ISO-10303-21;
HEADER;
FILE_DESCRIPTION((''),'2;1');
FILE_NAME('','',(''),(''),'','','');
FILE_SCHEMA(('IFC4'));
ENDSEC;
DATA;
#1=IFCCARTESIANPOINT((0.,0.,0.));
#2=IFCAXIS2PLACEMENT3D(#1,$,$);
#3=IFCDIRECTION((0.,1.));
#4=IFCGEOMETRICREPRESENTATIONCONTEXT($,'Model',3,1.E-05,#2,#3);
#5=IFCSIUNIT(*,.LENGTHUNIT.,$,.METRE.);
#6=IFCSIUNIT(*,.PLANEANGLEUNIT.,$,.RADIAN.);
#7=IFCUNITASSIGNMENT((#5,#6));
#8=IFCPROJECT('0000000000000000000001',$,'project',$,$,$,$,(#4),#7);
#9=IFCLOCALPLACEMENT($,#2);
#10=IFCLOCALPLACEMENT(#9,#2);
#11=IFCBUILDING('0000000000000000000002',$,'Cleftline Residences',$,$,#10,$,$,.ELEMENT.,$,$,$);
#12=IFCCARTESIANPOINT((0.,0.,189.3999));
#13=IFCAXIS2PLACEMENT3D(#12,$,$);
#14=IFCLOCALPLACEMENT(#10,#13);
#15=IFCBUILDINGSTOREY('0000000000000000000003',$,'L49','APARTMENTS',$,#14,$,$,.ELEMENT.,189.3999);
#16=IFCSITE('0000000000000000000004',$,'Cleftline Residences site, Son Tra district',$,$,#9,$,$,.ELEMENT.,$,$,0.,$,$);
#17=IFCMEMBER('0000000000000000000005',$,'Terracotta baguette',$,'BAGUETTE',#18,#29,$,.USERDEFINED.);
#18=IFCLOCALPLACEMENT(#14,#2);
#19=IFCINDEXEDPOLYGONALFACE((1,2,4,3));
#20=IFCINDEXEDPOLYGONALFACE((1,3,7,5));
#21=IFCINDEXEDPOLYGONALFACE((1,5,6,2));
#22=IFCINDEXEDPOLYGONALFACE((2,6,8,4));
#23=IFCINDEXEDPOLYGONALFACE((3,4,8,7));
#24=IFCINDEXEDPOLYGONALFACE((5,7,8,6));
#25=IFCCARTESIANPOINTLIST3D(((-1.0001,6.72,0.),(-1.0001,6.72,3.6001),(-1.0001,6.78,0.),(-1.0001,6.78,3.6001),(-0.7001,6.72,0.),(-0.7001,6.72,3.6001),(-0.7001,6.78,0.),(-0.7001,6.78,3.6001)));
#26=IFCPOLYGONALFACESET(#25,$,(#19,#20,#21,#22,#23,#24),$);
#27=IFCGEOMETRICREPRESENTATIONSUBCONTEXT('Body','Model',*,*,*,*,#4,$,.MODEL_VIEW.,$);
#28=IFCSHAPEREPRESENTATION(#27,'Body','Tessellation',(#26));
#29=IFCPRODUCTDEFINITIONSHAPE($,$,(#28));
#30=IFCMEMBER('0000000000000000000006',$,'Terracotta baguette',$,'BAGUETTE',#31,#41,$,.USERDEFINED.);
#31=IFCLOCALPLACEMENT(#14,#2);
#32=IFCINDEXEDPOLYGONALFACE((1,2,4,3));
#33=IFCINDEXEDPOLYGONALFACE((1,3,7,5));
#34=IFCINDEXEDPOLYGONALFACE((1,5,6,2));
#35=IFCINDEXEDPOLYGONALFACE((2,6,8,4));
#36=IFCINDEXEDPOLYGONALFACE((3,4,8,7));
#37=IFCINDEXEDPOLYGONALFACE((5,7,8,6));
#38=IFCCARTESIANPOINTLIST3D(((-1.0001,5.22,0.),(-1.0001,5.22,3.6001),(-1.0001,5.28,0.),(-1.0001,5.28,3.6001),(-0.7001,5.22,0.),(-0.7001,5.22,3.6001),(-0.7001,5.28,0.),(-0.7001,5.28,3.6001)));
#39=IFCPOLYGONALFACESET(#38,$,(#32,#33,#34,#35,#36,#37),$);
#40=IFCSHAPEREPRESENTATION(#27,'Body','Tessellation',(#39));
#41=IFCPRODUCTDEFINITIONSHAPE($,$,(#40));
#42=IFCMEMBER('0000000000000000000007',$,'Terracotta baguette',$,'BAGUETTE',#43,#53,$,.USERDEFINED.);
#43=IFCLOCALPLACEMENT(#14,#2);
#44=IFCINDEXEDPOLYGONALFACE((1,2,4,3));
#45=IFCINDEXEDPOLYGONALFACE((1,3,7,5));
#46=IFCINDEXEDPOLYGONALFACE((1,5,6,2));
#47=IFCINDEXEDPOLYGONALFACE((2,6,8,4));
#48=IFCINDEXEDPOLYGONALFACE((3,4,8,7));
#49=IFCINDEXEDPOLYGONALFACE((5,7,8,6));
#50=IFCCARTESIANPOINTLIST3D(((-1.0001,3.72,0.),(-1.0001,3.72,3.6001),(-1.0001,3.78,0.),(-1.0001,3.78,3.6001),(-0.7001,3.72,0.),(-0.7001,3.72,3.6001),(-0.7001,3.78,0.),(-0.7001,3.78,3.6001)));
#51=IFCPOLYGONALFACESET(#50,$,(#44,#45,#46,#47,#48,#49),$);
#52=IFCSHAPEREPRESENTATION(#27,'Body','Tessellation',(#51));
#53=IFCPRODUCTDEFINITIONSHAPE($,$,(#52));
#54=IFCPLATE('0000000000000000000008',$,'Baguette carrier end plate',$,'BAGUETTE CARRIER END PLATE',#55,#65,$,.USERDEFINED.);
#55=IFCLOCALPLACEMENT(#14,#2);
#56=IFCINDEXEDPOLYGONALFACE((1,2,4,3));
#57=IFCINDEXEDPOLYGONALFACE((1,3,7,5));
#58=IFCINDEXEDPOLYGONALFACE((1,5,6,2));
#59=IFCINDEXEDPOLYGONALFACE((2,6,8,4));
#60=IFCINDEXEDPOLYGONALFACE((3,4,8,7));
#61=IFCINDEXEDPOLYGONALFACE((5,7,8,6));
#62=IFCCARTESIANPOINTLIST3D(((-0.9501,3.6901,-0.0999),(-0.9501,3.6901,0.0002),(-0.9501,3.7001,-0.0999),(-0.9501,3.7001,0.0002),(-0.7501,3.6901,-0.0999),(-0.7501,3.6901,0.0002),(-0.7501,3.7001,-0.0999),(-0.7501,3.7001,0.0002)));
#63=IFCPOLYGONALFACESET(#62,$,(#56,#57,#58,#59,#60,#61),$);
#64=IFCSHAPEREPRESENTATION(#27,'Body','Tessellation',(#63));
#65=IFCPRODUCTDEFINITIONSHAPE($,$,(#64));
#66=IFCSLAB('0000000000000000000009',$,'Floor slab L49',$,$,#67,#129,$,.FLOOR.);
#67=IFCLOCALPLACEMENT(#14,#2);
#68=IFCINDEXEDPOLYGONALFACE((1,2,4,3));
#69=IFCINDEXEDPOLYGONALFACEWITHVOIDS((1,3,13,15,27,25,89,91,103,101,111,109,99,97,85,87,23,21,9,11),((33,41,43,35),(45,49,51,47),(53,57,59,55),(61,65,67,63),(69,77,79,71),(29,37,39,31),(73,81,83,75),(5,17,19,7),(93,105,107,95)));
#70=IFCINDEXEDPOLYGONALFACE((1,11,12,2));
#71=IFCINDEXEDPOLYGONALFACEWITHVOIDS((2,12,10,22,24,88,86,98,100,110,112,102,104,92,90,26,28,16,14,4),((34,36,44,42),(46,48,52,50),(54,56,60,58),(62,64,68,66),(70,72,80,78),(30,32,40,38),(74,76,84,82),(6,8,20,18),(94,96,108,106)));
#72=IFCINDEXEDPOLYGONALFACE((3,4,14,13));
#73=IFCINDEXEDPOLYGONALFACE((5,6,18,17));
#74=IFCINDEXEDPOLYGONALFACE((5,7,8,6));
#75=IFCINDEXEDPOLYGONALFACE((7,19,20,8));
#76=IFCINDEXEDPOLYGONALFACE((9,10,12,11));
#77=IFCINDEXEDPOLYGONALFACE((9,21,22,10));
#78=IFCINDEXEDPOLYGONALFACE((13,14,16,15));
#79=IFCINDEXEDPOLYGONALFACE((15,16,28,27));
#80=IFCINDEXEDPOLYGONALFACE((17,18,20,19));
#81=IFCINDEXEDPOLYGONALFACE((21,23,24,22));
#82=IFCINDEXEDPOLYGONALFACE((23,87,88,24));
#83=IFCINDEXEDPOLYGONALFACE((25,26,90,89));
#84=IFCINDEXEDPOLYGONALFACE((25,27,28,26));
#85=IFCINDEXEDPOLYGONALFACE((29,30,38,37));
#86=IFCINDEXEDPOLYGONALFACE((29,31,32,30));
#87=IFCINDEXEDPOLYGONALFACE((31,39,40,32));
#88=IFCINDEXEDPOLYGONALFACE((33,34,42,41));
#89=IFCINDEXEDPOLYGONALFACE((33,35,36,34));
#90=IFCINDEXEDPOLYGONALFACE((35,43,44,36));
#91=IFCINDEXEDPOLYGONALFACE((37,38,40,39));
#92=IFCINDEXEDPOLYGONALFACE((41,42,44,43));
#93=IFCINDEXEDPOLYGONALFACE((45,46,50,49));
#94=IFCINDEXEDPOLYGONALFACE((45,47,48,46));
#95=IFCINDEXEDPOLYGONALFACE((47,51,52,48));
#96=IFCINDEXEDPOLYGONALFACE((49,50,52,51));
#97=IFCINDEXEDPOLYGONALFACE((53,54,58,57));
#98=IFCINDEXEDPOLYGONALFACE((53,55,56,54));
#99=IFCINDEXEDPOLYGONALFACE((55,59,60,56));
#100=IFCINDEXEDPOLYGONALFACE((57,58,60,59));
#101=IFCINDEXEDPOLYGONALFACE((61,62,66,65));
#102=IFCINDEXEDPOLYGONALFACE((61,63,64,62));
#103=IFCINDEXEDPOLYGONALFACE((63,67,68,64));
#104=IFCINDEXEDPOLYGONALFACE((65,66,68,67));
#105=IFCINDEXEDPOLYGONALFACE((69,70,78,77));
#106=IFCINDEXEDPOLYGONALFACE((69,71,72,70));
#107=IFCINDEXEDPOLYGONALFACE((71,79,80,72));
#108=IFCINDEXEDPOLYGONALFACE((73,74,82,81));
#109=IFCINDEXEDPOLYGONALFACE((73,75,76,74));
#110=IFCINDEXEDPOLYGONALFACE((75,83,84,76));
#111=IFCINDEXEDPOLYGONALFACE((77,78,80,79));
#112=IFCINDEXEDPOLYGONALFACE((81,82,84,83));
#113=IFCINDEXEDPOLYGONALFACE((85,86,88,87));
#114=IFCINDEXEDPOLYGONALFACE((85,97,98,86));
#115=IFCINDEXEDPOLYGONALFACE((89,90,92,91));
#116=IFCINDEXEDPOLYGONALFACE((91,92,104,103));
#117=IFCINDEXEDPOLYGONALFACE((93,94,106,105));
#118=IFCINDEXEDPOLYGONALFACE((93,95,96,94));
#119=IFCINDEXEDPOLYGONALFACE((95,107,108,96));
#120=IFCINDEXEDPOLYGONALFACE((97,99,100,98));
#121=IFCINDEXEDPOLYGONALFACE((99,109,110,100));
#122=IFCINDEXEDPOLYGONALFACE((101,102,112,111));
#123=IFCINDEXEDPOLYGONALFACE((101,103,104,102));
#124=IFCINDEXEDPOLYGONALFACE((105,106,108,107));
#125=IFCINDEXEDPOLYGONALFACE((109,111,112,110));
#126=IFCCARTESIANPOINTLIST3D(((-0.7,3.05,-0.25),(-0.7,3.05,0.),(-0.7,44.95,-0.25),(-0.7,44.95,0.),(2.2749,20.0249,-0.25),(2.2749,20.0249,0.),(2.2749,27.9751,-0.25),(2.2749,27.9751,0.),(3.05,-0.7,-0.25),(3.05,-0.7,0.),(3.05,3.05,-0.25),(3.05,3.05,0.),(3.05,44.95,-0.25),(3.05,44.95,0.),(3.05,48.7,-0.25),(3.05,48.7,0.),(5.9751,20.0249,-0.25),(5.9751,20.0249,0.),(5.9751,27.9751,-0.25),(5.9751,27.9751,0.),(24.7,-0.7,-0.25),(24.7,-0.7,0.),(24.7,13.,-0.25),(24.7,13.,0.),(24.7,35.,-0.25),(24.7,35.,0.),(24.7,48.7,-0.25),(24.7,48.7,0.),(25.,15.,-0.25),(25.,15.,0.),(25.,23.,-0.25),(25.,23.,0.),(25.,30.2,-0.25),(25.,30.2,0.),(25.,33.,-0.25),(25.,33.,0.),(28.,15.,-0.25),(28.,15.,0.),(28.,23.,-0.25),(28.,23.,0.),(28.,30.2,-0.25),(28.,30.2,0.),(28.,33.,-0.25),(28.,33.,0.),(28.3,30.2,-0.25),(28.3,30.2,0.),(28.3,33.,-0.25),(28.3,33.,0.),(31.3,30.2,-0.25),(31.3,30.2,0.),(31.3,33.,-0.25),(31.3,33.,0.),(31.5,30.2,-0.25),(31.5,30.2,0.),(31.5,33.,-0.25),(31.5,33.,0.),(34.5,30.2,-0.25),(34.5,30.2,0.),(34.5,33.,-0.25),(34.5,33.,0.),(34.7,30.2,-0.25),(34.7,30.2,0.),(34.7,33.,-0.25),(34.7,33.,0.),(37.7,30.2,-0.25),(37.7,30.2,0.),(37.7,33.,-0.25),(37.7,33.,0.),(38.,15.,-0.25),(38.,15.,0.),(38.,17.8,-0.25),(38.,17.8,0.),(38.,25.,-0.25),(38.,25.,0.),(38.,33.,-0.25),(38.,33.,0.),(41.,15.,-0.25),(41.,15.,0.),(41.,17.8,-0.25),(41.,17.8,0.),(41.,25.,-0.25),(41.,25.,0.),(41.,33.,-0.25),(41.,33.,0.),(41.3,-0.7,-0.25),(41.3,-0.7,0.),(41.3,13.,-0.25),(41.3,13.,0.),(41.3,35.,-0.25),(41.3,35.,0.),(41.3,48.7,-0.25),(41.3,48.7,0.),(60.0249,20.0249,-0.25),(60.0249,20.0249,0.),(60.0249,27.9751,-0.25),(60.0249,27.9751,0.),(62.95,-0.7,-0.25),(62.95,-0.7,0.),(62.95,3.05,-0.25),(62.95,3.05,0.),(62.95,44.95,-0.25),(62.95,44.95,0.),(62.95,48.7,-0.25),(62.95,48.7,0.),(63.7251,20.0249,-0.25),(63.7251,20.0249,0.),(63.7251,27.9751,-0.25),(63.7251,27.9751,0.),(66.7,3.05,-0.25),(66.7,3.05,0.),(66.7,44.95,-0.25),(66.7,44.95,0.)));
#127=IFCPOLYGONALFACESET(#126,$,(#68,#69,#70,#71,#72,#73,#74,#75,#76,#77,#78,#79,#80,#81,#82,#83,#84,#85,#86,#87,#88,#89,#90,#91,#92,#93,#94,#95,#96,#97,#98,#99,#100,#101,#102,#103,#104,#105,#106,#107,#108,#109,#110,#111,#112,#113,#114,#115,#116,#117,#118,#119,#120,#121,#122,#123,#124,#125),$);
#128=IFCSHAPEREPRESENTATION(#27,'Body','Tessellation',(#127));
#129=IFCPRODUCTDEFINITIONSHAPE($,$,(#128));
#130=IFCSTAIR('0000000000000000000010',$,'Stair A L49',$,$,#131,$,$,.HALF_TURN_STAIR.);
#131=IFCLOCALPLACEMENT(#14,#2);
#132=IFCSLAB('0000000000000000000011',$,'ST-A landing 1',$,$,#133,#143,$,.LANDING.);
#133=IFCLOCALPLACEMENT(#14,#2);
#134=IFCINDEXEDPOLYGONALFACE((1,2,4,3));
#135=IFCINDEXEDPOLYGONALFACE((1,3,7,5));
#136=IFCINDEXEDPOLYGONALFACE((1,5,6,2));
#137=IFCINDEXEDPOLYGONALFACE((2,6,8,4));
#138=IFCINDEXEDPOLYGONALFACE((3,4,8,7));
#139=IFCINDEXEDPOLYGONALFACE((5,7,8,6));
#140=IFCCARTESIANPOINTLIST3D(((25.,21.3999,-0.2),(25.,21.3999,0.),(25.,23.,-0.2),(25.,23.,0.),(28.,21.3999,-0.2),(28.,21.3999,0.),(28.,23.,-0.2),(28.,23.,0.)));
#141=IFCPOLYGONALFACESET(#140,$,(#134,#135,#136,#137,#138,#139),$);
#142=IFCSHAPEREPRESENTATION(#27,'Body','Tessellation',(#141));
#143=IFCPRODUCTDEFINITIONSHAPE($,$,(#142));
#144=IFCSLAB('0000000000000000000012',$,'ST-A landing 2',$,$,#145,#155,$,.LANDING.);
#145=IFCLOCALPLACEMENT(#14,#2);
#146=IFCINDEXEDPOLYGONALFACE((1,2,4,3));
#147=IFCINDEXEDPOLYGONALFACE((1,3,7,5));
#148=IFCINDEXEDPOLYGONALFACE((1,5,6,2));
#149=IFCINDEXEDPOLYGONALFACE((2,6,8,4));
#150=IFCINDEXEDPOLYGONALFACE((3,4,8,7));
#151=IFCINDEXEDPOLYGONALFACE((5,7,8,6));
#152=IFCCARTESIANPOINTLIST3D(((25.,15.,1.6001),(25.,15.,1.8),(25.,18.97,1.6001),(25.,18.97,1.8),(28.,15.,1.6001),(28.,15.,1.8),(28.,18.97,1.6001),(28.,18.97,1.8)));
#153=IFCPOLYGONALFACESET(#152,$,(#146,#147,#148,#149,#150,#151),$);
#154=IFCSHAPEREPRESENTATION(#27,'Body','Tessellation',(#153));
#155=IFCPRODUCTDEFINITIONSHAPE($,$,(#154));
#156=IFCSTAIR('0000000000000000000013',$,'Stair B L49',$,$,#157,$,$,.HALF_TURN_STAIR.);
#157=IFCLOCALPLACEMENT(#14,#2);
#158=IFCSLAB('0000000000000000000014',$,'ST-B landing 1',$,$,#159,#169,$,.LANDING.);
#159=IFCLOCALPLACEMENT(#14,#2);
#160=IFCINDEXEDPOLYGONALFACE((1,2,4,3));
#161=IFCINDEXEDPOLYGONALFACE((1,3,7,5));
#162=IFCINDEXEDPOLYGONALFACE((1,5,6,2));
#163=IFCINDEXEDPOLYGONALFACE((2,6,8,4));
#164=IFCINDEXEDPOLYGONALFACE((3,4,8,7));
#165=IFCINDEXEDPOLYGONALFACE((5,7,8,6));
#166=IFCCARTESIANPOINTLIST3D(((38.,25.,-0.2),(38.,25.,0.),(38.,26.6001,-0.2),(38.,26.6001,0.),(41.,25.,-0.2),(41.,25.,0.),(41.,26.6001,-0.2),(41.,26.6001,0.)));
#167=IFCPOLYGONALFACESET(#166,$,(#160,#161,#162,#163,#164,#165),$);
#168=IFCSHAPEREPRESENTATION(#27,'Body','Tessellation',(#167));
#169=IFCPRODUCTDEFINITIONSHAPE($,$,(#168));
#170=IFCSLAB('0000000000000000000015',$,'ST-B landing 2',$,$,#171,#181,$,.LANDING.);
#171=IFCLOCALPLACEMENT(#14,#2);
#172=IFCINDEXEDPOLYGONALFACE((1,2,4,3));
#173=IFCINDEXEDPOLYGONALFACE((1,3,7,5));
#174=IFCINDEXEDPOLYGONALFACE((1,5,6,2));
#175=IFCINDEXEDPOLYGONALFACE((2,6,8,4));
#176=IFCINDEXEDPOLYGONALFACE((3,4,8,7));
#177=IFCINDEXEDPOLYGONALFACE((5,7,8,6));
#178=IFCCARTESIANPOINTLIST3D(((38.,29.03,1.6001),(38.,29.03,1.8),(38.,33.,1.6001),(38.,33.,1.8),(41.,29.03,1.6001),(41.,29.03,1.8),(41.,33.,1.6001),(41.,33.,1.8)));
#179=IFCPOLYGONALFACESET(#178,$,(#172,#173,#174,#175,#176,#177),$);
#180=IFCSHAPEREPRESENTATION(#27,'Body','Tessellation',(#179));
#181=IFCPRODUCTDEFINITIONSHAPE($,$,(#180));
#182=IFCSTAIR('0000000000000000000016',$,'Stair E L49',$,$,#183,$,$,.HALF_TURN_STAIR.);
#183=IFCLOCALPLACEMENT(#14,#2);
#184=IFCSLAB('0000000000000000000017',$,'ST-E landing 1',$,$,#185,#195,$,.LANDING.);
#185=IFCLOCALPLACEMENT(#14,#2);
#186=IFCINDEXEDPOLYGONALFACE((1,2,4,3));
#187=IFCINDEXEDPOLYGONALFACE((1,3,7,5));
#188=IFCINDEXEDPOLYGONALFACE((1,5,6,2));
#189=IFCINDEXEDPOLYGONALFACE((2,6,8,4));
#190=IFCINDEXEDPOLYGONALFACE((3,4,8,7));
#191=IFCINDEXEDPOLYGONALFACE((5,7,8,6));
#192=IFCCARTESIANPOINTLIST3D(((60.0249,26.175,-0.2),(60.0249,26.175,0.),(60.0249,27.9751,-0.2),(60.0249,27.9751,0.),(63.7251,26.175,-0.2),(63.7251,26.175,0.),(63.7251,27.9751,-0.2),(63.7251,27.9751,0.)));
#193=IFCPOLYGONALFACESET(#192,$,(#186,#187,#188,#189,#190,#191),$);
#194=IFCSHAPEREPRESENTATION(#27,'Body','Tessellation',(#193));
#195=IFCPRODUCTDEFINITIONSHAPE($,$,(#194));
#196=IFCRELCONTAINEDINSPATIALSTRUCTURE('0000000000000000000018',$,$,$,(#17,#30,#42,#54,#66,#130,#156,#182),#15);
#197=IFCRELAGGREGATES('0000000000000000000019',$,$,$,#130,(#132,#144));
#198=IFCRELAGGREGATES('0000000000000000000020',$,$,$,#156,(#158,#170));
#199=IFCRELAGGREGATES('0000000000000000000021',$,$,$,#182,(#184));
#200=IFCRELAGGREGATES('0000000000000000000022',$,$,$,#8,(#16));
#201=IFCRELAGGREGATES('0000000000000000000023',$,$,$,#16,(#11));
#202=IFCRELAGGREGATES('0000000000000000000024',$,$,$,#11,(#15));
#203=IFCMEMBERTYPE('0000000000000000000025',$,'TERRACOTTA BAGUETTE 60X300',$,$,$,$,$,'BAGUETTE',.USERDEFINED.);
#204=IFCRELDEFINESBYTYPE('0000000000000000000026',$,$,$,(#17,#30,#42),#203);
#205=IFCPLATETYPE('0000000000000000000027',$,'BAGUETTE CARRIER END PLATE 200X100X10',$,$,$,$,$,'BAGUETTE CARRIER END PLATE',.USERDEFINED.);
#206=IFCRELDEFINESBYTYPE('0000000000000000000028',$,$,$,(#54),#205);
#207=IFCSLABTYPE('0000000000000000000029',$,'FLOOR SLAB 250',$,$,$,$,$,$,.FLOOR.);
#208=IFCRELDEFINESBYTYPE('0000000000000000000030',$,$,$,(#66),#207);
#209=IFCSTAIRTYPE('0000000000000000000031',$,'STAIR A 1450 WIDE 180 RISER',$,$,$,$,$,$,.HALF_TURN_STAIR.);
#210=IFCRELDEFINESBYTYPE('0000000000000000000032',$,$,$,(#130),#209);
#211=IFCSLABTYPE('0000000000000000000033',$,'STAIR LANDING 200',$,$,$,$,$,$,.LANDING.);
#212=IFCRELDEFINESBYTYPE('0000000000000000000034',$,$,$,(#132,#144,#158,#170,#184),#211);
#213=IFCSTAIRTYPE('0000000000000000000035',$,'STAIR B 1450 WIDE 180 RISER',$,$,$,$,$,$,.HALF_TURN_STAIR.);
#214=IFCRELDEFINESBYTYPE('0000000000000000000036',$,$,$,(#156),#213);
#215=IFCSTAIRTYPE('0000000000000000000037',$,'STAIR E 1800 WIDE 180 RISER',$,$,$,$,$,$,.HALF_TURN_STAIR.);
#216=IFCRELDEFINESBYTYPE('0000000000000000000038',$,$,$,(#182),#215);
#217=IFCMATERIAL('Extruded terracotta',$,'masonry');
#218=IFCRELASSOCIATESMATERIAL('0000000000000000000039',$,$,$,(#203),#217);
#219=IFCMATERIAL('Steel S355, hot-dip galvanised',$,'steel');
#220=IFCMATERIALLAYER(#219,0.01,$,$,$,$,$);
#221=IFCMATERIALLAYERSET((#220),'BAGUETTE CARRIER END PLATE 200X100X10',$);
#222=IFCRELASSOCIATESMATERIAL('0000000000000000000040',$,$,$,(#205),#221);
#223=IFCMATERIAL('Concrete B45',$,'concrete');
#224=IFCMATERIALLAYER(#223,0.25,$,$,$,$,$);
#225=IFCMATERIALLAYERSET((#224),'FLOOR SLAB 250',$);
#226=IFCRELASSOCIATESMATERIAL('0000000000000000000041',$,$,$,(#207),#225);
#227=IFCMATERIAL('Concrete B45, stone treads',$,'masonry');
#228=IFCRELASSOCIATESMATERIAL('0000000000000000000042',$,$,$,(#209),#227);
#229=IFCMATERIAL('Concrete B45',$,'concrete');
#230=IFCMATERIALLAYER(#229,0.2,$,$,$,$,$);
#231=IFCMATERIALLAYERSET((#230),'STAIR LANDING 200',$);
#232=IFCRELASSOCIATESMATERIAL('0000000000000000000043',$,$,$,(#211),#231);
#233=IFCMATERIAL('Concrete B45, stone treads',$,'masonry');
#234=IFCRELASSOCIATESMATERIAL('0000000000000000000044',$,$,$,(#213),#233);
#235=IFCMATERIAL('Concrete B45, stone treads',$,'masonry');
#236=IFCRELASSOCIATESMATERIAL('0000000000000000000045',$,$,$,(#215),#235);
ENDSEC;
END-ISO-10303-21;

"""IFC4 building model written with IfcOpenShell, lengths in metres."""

from ifc_helpers import new_model, si_unit, direction, frame, origin, origin_2d, place, context, subcontext, project, spatial, polyline, rectangle, outline, extrude, material, layer, layer_set, material_profile, profile_set, type_object, element, aggregate, save


model = new_model("IFC4")

# Units and contexts
model_context = context("Model", 3, precision=1e-05, world=origin(), true_north=direction((0.0, 1.0)))
body_context = subcontext(model_context, "Body", "Model", "MODEL_VIEW")
ifc_project = project(units=[si_unit("LENGTHUNIT", "METRE"), si_unit("PLANEANGLEUNIT", "RADIAN")], contexts=[model_context])

# Site, building, storey
site_placement = place(None, origin())
site = spatial("IfcSite", under=ifc_project, at=site_placement, Name="Cleftline Residences site, Son Tra district", CompositionType="ELEMENT", RefElevation=0.0)
building_placement = place(site_placement, origin())
building = spatial("IfcBuilding", under=site, at=building_placement, Name="Cleftline Residences", CompositionType="ELEMENT")
storey_placement = place(building_placement, frame((0.0, 0.0, 189.3999)))
storey = spatial("IfcBuildingStorey", under=building, at=storey_placement, Name="L49", Description="APARTMENTS", CompositionType="ELEMENT", Elevation=189.3999)

# Members
ifc_material_1 = material(Name="Extruded terracotta", Category="masonry")
ifc_material_profile_1 = material_profile(ifc_material_1, rectangle(XDim=0.0601, YDim=0.3, at=origin_2d()))
ifc_profile_set_1 = profile_set([ifc_material_profile_1], Name="Extruded terracotta")
member_type_1 = type_object("IfcMemberType", Name="TERRACOTTA BAGUETTE 60X300", ElementType="BAGUETTE", PredefinedType="USERDEFINED", material=ifc_profile_set_1)
for number, where, z_axis, x_axis, name in (
    (1, (-0.8501, 6.75, 0.0), (0.0, 0.0, 1.0), (0.0, 1.0, 0.0), "Terracotta baguette"),
    (2, (-0.8501, 5.25, 0.0), (0.0, 0.0, 1.0), (0.0, 1.0, 0.0), "Terracotta baguette"),
    (3, (-0.8501, 3.75, 0.0), (0.0, 0.0, 1.0), (0.0, 1.0, 0.0), "Terracotta baguette"),
):
    element("IfcMember", number, at=place(storey_placement, frame(where, z_axis=z_axis, x_axis=x_axis)), inside=storey, type_object=member_type_1, Name=name, ObjectType="BAGUETTE", PredefinedType="USERDEFINED", context=body_context, shape_type="SweptSolid", body=[
        extrude(rectangle(XDim=0.0601, YDim=0.3, at=origin_2d()), origin(), (0.0, 0.0, 1.0), 3.6001),
    ])

# Plate
ifc_material_2 = material(Name="Steel S355, hot-dip galvanised", Category="steel")
ifc_layer_1 = layer(ifc_material_2, 0.01)
ifc_layer_set_1 = layer_set([ifc_layer_1], Name="BAGUETTE CARRIER END PLATE 200X100X10")
plate_type = type_object("IfcPlateType", Name="BAGUETTE CARRIER END PLATE 200X100X10", ElementType="BAGUETTE CARRIER END PLATE", PredefinedType="USERDEFINED", material=ifc_layer_set_1)
plate_placement = place(storey_placement, frame((-0.8501, 3.6951, -0.0999), z_axis=(0.0, 0.0, 1.0), x_axis=(-1.0, 0.0, 0.0)))
element("IfcPlate", 4, at=plate_placement, inside=storey, type_object=plate_type, Name="Baguette carrier end plate", ObjectType="BAGUETTE CARRIER END PLATE", PredefinedType="USERDEFINED", context=body_context, shape_type="SweptSolid", body=[
    extrude(rectangle(XDim=0.2, YDim=0.01, at=origin_2d()), origin(), (0.0, 0.0, 1.0), 0.1001),
])

# Slab
ifc_material_3 = material(Name="Concrete B45", Category="concrete")
ifc_layer_2 = layer(ifc_material_3, 0.25)
ifc_layer_set_2 = layer_set([ifc_layer_2], Name="FLOOR SLAB 250")
slab_type_1 = type_object("IfcSlabType", Name="FLOOR SLAB 250", PredefinedType="FLOOR", material=ifc_layer_set_2)
slab_1_placement = place(storey_placement, frame((0.0, 0.0, -0.25)))
element("IfcSlab", 5, at=slab_1_placement, inside=storey, type_object=slab_type_1, Name="Floor slab L49", PredefinedType="FLOOR", context=body_context, shape_type="SweptSolid", body=[
    extrude(outline(polyline([(24.7, 13.0), (41.3, 13.0), (41.3, -0.7), (62.95, -0.7), (62.95, 3.05), (66.7, 3.05), (66.7, 44.95), (62.95, 44.95), (62.95, 48.7), (41.3, 48.7), (41.3, 35.0), (24.7, 35.0), (24.7, 48.7), (3.05, 48.7), (3.05, 44.95), (-0.7, 44.95), (-0.7, 3.05), (3.05, 3.05), (3.05, -0.7), (24.7, -0.7), (24.7, 13.0)]), holes=[polyline([(28.0, 15.0), (28.0, 23.0), (25.0, 23.0), (25.0, 15.0), (28.0, 15.0)]), polyline([(41.0, 25.0), (41.0, 33.0), (38.0, 33.0), (38.0, 25.0), (41.0, 25.0)]), polyline([(28.0, 30.2), (28.0, 33.0), (25.0, 33.0), (25.0, 30.2), (28.0, 30.2)]), polyline([(41.0, 15.0), (41.0, 17.8), (38.0, 17.8), (38.0, 15.0), (41.0, 15.0)]), polyline([(31.3, 30.2), (31.3, 33.0), (28.3, 33.0), (28.3, 30.2), (31.3, 30.2)]), polyline([(34.5, 30.2), (34.5, 33.0), (31.5, 33.0), (31.5, 30.2), (34.5, 30.2)]), polyline([(37.7, 30.2), (37.7, 33.0), (34.7, 33.0), (34.7, 30.2), (37.7, 30.2)]), polyline([(63.7251, 20.0249), (63.7251, 27.9751), (60.0249, 27.9751), (60.0249, 20.0249), (63.7251, 20.0249)]), polyline([(5.9751, 20.0249), (5.9751, 27.9751), (2.2749, 27.9751), (2.2749, 20.0249), (5.9751, 20.0249)])]), origin(), (0.0, 0.0, 1.0), 0.25),
])

# Stairs, slabs
ifc_material_4 = material(Name="Concrete B45, stone treads", Category="masonry")
stair_type_1 = type_object("IfcStairType", Name="STAIR A 1450 WIDE 180 RISER", PredefinedType="HALF_TURN_STAIR", material=ifc_material_4)
stair_1_placement = place(storey_placement, origin())
stair_1 = element("IfcStair", 6, at=stair_1_placement, inside=storey, type_object=stair_type_1, Name="Stair A L49", PredefinedType="HALF_TURN_STAIR")
ifc_material_5 = material(Name="Concrete B45", Category="concrete")
ifc_layer_3 = layer(ifc_material_5, 0.2)
ifc_layer_set_3 = layer_set([ifc_layer_3], Name="STAIR LANDING 200")
slab_type_2 = type_object("IfcSlabType", Name="STAIR LANDING 200", PredefinedType="LANDING", material=ifc_layer_set_3)
slab_2_placement = place(storey_placement, frame((0.0, 0.0, -0.2)))
slab_2 = element("IfcSlab", 7, at=slab_2_placement, type_object=slab_type_2, Name="ST-A landing 1", PredefinedType="LANDING", context=body_context, shape_type="SweptSolid", body=[
    extrude(outline(polyline([(25.0, 21.3999), (28.0, 21.3999), (28.0, 23.0), (25.0, 23.0), (25.0, 21.3999)])), origin(), (0.0, 0.0, 1.0), 0.2),
])
slab_3_placement = place(storey_placement, frame((0.0, 0.0, 1.6001)))
slab_3 = element("IfcSlab", 8, at=slab_3_placement, type_object=slab_type_2, Name="ST-A landing 2", PredefinedType="LANDING", context=body_context, shape_type="SweptSolid", body=[
    extrude(outline(polyline([(25.0, 15.0), (28.0, 15.0), (28.0, 18.97), (25.0, 18.97), (25.0, 15.0)])), origin(), (0.0, 0.0, 1.0), 0.2),
])
aggregate(stair_1, [slab_2, slab_3])
ifc_material_6 = material(Name="Concrete B45, stone treads", Category="masonry")
stair_type_2 = type_object("IfcStairType", Name="STAIR B 1450 WIDE 180 RISER", PredefinedType="HALF_TURN_STAIR", material=ifc_material_6)
stair_2_placement = place(storey_placement, origin())
stair_2 = element("IfcStair", 9, at=stair_2_placement, inside=storey, type_object=stair_type_2, Name="Stair B L49", PredefinedType="HALF_TURN_STAIR")
slab_4_placement = place(storey_placement, frame((0.0, 0.0, -0.2)))
slab_4 = element("IfcSlab", 10, at=slab_4_placement, type_object=slab_type_2, Name="ST-B landing 1", PredefinedType="LANDING", context=body_context, shape_type="SweptSolid", body=[
    extrude(outline(polyline([(38.0, 25.0), (41.0, 25.0), (41.0, 26.6001), (38.0, 26.6001), (38.0, 25.0)])), origin(), (0.0, 0.0, 1.0), 0.2),
])
slab_5_placement = place(storey_placement, frame((0.0, 0.0, 1.6001)))
slab_5 = element("IfcSlab", 11, at=slab_5_placement, type_object=slab_type_2, Name="ST-B landing 2", PredefinedType="LANDING", context=body_context, shape_type="SweptSolid", body=[
    extrude(outline(polyline([(38.0, 29.03), (41.0, 29.03), (41.0, 33.0), (38.0, 33.0), (38.0, 29.03)])), origin(), (0.0, 0.0, 1.0), 0.2),
])
aggregate(stair_2, [slab_4, slab_5])
ifc_material_7 = material(Name="Concrete B45, stone treads", Category="masonry")
stair_type_3 = type_object("IfcStairType", Name="STAIR E 1800 WIDE 180 RISER", PredefinedType="HALF_TURN_STAIR", material=ifc_material_7)
stair_3_placement = place(storey_placement, origin())
stair_3 = element("IfcStair", 12, at=stair_3_placement, inside=storey, type_object=stair_type_3, Name="Stair E L49", PredefinedType="HALF_TURN_STAIR")
slab_6_placement = place(storey_placement, frame((0.0, 0.0, -0.2)))
slab_6 = element("IfcSlab", 13, at=slab_6_placement, type_object=slab_type_2, Name="ST-E landing 1", PredefinedType="LANDING", context=body_context, shape_type="SweptSolid", body=[
    extrude(outline(polyline([(60.0249, 26.175), (63.7251, 26.175), (63.7251, 27.9751), (60.0249, 27.9751), (60.0249, 26.175)])), origin(), (0.0, 0.0, 1.0), 0.2),
])
aggregate(stair_3, [slab_6])

save(model, "model.ifc")
